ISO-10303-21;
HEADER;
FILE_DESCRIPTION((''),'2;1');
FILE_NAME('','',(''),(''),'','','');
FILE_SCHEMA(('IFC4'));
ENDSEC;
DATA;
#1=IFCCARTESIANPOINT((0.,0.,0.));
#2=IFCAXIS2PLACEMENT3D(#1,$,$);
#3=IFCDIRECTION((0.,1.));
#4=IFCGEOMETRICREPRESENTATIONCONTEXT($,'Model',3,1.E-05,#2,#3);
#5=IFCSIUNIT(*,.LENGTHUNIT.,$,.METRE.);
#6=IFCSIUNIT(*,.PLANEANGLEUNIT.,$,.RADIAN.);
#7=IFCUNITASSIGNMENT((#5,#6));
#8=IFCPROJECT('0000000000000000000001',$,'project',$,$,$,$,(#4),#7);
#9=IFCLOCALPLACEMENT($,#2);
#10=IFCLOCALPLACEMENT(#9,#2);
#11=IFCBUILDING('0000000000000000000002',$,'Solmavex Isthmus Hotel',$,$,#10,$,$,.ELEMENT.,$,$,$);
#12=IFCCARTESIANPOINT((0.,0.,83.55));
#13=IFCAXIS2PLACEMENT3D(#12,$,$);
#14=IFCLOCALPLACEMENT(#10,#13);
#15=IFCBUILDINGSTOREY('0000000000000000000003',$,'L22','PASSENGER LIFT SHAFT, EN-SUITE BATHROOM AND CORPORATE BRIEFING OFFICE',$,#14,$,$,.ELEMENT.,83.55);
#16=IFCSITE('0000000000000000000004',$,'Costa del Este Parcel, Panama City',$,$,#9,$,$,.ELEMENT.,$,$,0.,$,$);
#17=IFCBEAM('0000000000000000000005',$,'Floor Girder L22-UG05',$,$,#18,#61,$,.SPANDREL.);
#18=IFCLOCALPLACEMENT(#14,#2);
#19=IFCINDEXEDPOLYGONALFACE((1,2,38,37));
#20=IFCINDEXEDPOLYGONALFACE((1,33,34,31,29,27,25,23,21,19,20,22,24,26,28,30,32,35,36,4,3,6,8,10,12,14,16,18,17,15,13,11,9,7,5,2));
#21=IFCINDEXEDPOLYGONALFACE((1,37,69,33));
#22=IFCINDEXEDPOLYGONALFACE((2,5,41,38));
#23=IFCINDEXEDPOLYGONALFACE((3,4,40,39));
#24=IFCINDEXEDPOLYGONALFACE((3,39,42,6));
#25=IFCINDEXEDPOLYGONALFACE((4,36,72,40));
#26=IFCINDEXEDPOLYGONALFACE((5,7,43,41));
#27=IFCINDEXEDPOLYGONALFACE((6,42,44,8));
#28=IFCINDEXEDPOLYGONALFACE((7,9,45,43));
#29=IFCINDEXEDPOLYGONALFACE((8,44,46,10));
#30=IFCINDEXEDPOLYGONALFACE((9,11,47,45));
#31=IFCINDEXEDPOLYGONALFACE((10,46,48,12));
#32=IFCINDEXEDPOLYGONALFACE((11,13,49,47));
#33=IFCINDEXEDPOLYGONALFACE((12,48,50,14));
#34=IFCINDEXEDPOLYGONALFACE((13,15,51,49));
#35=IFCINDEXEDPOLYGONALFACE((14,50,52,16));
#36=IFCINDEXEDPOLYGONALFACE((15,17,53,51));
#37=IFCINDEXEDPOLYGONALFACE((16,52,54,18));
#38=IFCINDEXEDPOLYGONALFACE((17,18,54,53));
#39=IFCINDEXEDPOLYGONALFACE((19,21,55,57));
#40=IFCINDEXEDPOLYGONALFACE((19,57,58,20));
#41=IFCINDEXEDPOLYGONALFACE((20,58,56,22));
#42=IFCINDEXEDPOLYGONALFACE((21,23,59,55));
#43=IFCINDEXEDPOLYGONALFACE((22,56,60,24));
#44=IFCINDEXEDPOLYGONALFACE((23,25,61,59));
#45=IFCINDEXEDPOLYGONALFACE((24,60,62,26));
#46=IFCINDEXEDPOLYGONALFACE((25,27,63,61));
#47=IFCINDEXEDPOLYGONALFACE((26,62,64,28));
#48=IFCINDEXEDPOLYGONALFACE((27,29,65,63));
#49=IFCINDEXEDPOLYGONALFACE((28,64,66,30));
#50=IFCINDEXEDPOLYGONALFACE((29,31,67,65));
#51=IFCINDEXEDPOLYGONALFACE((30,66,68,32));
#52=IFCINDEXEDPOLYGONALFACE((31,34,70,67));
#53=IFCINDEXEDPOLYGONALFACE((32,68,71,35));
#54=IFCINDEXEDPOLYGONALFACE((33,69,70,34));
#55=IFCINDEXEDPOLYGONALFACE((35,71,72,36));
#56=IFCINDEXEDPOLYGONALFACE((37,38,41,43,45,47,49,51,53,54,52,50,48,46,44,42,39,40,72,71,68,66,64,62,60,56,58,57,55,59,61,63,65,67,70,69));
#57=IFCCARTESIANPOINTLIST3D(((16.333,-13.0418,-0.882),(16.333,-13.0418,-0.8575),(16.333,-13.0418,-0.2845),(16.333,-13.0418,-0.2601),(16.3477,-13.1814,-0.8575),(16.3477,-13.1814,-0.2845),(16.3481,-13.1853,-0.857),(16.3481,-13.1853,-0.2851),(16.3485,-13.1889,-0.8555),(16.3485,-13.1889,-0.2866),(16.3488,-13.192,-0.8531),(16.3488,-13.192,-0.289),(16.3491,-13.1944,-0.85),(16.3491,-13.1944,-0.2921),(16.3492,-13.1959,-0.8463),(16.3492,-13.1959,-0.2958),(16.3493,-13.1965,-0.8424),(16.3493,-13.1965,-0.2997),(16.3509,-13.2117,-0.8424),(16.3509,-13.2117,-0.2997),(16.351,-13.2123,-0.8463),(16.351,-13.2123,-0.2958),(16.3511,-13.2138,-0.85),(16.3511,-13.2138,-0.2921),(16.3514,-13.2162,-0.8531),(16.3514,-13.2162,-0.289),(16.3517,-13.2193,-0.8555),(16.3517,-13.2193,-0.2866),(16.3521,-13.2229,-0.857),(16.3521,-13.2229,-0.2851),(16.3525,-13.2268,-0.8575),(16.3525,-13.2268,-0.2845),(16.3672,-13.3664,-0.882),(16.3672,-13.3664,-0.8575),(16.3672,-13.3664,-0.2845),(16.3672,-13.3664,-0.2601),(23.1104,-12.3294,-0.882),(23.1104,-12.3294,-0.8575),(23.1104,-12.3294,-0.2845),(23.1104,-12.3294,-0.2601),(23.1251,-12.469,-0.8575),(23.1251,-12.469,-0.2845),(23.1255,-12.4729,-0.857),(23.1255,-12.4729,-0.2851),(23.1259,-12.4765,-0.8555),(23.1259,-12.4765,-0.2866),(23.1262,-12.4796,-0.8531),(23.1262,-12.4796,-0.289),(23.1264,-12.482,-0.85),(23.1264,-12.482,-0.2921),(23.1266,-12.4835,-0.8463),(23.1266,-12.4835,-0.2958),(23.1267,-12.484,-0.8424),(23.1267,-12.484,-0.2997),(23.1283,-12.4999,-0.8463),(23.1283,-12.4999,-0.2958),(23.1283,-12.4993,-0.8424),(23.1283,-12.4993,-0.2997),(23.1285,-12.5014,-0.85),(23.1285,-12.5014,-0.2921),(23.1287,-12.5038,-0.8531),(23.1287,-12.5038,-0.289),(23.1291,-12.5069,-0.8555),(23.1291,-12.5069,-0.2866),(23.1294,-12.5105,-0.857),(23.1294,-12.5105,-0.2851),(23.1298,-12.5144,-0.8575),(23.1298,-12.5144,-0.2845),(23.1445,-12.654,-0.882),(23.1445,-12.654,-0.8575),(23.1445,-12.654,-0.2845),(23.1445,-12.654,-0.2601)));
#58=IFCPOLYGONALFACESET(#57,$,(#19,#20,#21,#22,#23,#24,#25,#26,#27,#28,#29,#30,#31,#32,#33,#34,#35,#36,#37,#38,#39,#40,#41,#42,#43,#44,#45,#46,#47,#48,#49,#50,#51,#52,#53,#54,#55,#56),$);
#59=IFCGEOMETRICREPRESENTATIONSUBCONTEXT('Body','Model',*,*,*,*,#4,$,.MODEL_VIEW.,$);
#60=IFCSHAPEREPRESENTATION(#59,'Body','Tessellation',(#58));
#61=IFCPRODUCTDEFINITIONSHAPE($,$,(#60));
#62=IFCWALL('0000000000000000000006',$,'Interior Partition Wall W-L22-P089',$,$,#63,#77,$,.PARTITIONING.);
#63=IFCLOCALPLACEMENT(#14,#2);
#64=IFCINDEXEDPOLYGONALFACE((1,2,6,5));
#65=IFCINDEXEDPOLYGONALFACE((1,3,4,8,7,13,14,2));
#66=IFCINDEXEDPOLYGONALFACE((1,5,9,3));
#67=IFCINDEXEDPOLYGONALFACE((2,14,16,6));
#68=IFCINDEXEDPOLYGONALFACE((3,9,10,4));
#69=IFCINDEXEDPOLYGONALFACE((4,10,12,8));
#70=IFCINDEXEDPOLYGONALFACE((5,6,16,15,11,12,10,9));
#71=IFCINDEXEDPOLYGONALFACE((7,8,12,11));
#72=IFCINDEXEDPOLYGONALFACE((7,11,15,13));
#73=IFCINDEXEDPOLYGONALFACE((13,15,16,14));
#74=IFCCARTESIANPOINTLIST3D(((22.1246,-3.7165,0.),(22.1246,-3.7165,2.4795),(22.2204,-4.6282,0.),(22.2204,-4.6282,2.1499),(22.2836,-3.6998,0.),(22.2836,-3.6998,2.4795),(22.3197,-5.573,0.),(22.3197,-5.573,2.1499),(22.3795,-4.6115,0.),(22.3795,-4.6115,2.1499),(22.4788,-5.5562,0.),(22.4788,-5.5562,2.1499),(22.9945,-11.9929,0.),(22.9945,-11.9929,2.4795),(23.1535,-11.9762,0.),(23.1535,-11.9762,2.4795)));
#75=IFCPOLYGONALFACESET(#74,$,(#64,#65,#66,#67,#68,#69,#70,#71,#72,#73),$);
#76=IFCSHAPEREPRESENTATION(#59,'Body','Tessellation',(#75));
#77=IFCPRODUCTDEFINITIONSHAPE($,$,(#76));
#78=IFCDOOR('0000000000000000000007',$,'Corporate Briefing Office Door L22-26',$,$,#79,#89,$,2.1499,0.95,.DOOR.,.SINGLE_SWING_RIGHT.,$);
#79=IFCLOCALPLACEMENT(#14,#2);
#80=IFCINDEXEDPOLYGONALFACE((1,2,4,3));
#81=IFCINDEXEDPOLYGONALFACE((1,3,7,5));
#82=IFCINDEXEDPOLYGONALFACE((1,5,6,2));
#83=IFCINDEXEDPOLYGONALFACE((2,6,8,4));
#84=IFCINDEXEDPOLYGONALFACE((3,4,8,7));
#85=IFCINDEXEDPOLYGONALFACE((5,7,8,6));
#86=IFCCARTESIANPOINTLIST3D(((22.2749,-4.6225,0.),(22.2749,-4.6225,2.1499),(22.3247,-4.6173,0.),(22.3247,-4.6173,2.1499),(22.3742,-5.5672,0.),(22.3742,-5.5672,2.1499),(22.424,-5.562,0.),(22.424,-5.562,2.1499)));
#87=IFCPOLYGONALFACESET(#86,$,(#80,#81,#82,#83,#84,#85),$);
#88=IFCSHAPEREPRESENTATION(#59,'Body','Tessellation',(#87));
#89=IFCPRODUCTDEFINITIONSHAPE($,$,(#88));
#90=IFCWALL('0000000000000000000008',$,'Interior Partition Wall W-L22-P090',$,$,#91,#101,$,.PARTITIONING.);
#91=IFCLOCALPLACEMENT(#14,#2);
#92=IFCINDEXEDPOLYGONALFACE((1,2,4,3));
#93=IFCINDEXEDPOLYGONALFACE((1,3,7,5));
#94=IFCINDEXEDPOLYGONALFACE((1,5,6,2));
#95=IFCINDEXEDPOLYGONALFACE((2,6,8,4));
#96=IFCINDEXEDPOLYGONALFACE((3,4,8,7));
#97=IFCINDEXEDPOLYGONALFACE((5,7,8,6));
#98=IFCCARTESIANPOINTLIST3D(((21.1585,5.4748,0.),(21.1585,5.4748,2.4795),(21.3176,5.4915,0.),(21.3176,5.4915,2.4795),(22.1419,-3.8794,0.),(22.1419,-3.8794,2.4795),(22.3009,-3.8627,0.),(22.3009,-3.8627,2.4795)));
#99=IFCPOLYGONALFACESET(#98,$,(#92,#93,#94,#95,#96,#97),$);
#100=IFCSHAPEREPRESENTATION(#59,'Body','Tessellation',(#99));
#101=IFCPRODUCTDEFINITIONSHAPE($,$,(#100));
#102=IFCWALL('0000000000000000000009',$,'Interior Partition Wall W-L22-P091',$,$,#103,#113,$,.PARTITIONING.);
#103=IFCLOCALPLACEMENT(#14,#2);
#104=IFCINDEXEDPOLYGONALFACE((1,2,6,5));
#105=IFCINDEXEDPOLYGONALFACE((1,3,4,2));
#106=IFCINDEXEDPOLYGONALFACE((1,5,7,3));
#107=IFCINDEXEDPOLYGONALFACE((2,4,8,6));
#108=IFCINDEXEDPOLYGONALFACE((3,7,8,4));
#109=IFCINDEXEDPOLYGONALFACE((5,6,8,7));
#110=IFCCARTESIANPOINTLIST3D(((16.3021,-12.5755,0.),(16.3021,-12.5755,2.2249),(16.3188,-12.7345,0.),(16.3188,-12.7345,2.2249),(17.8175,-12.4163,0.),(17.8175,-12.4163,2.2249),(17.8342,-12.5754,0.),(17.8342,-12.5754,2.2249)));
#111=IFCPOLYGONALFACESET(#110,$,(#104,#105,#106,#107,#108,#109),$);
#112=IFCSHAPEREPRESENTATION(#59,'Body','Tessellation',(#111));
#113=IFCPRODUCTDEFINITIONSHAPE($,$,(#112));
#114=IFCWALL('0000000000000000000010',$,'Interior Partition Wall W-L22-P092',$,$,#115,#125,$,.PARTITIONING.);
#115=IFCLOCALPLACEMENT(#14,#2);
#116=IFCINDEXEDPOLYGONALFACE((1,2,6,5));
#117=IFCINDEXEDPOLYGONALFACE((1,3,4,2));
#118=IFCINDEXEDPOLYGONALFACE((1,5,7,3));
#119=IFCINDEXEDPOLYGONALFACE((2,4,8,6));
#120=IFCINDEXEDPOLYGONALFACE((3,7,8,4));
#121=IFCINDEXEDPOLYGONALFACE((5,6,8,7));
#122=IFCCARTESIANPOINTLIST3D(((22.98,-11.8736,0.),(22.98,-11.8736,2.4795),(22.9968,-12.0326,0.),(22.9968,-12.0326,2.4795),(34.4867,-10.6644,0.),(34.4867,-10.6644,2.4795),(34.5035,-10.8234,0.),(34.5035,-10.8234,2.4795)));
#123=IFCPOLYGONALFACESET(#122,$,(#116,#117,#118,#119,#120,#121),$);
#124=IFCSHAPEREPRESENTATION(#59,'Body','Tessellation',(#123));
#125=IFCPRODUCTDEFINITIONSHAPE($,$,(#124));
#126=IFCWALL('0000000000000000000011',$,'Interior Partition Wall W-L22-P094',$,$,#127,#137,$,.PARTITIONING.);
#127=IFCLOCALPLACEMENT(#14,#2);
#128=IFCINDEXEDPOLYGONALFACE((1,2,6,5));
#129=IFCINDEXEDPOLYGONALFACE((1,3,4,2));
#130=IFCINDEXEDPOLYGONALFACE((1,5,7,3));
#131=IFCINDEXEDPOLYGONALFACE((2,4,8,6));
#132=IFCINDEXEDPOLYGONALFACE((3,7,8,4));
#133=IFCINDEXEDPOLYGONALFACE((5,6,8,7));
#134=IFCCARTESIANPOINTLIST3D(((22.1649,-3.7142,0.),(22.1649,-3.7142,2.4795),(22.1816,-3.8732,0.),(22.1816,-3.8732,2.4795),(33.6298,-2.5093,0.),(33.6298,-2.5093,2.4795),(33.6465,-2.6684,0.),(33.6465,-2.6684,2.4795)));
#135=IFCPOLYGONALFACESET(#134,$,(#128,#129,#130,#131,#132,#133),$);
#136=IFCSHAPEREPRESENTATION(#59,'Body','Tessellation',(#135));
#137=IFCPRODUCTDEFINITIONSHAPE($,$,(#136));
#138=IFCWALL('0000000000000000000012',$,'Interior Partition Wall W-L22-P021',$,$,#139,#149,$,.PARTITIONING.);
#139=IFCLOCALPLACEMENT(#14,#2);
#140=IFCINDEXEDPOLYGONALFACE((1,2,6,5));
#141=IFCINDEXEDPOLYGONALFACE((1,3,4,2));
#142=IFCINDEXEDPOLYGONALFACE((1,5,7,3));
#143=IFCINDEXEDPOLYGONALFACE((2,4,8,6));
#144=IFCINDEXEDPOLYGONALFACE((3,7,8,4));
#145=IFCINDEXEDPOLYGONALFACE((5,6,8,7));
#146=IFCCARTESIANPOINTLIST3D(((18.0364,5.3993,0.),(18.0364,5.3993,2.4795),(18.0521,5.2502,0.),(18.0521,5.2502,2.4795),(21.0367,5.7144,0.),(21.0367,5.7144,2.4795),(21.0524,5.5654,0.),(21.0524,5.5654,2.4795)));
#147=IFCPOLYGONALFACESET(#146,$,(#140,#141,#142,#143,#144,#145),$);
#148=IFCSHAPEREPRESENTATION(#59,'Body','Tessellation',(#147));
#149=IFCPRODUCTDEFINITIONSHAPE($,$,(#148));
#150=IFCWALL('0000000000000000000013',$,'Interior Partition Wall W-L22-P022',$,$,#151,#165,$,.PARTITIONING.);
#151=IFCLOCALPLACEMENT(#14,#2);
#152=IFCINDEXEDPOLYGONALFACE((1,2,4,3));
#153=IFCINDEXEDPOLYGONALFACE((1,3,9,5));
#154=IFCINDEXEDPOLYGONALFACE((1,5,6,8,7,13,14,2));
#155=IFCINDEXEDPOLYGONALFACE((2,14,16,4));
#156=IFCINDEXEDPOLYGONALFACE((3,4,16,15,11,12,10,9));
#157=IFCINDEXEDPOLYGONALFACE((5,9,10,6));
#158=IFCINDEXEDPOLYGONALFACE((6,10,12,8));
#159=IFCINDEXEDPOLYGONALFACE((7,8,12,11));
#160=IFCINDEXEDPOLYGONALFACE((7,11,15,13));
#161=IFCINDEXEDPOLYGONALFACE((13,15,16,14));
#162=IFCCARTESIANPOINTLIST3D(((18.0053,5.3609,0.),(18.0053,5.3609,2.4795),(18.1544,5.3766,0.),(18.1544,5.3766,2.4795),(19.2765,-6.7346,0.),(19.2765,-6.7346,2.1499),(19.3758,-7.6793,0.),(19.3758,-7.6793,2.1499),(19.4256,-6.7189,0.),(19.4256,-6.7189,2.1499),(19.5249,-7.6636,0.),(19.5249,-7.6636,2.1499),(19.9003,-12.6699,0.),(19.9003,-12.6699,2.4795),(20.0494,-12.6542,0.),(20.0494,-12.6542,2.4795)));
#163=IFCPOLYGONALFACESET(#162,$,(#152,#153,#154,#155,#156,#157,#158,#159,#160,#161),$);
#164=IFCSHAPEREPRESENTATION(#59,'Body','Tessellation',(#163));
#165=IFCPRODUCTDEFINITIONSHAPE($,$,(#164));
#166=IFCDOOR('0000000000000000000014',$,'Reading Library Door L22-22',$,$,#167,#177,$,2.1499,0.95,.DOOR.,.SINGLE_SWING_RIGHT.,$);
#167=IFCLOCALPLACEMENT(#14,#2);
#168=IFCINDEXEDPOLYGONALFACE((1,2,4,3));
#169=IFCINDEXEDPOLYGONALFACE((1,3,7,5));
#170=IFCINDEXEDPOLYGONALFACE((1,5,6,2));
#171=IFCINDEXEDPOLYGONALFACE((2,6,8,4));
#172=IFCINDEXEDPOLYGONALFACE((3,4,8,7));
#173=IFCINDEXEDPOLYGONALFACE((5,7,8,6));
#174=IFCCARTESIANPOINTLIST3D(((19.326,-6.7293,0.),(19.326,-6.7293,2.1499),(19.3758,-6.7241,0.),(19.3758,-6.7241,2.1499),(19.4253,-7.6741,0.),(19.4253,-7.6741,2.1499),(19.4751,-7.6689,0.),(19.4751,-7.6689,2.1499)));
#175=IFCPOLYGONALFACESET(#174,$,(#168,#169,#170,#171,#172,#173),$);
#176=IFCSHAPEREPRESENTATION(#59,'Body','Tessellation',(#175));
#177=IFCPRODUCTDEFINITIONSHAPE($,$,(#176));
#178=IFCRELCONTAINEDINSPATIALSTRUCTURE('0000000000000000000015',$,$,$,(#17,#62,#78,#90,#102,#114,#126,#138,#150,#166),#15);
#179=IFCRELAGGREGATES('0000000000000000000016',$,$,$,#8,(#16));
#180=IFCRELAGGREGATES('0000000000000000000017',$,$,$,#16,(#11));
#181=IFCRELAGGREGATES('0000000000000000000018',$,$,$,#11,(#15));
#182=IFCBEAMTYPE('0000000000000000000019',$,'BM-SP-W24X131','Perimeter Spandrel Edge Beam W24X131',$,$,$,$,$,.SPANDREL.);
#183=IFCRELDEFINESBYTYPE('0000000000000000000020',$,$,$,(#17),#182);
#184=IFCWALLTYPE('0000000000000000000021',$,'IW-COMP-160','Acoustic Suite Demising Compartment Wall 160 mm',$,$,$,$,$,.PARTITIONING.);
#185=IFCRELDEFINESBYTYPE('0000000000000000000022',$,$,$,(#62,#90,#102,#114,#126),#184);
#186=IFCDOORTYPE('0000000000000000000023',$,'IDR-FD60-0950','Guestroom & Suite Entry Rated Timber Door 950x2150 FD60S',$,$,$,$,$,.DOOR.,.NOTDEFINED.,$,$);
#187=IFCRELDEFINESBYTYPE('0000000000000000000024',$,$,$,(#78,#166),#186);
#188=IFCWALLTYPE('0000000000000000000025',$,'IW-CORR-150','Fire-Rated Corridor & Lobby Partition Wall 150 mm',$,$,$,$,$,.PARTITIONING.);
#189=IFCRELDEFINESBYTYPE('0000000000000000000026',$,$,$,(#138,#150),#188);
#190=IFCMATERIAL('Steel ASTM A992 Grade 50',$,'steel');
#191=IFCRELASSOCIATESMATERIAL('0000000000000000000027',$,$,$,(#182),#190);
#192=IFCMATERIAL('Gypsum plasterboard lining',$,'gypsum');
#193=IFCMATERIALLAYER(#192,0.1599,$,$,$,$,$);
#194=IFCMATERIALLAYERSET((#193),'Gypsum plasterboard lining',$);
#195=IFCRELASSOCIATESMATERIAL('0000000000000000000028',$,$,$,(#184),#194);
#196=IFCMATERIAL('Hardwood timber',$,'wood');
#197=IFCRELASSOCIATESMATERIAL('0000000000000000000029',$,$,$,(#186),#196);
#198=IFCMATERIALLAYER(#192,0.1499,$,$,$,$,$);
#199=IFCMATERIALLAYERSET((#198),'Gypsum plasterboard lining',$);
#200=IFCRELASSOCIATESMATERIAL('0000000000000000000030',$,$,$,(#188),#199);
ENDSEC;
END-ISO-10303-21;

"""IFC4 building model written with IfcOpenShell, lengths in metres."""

from ifc_helpers import new_model, si_unit, direction, frame, frame_2d, origin, origin_2d, place, context, subcontext, project, spatial, rectangle, i_section, extrude, material, layer, layer_set, material_profile, profile_set, type_object, element, fill, save


model = new_model("IFC4")

# Units and contexts
model_context = context("Model", 3, precision=1e-05, world=origin(), true_north=direction((0.0, 1.0)))
body_context = subcontext(model_context, "Body", "Model", "MODEL_VIEW")
ifc_project = project(units=[si_unit("LENGTHUNIT", "METRE"), si_unit("PLANEANGLEUNIT", "RADIAN")], contexts=[model_context])

# Site, building, storey
site_placement = place(None, origin())
site = spatial("IfcSite", under=ifc_project, at=site_placement, Name="Costa del Este Parcel, Panama City", CompositionType="ELEMENT", RefElevation=0.0)
building_placement = place(site_placement, origin())
building = spatial("IfcBuilding", under=site, at=building_placement, Name="Solmavex Isthmus Hotel", CompositionType="ELEMENT")
storey_placement = place(building_placement, frame((0.0, 0.0, 83.55)))
storey = spatial("IfcBuildingStorey", under=building, at=storey_placement, Name="L22", Description="PASSENGER LIFT SHAFT, EN-SUITE BATHROOM AND CORPORATE BRIEFING OFFICE", CompositionType="ELEMENT", Elevation=83.55)

# Beam
ifc_material_1 = material(Name="Steel ASTM A992 Grade 50", Category="steel")
ifc_material_profile_1 = material_profile(ifc_material_1, i_section(OverallWidth=0.3264, OverallDepth=0.6218, WebThickness=0.0154, FlangeThickness=0.0244, FilletRadius=0.0151, at=origin_2d()), Name="W24X131")
ifc_profile_set_1 = profile_set([ifc_material_profile_1], Name="Steel ASTM A992 Grade 50")
beam_type_1 = type_object("IfcBeamType", Name="BM-SP-W24X131", Description="Perimeter Spandrel Edge Beam W24X131", PredefinedType="SPANDREL", material=ifc_profile_set_1)
beam_1_placement = place(storey_placement, frame((16.3501, -13.2041, -0.571), z_axis=(0.994521, 0.104539, 0.0), x_axis=(-0.104539, 0.994521, 0.0)))
element("IfcBeam", 1, at=beam_1_placement, inside=storey, type_object=beam_type_1, Name="Floor Girder L22-UG05", PredefinedType="SPANDREL", context=body_context, shape_type="SweptSolid", body=[
    extrude(i_section(OverallWidth=0.3264, OverallDepth=0.6218, WebThickness=0.0154, FlangeThickness=0.0244, FilletRadius=0.0151, at=origin_2d()), origin(), (0.0, 0.0, 1.0), 6.8147),
])

# Wall, opening, door
ifc_material_2 = material(Name="Gypsum plasterboard lining", Category="gypsum")
ifc_layer_1 = layer(ifc_material_2, 0.1599)
ifc_layer_set_1 = layer_set([ifc_layer_1], Name="Gypsum plasterboard lining")
wall_type_1 = type_object("IfcWallType", Name="IW-COMP-160", Description="Acoustic Suite Demising Compartment Wall 160 mm", PredefinedType="PARTITIONING", material=ifc_layer_set_1)
wall_1_placement = place(storey_placement, frame((22.2041, -3.708, 0.0), z_axis=(0.0, 0.0, 1.0), x_axis=(0.104527, -0.994522, 0.0)))
wall_1 = element("IfcWall", 2, at=wall_1_placement, inside=storey, type_object=wall_type_1, Name="Interior Partition Wall W-L22-P089", PredefinedType="PARTITIONING", context=body_context, shape_type="SweptSolid", body=[
    extrude(rectangle(XDim=8.322, YDim=0.1599, at=frame_2d((4.1611, 0.0))), origin(), (0.0, 0.0, 1.0), 2.4795),
])
opening_1_placement = place(wall_1_placement, frame((0.9167, 0.0, 0.0)))
opening_1 = element("IfcOpeningElement", 3, at=opening_1_placement, cuts=wall_1, PredefinedType="OPENING", context=body_context, shape_type="SweptSolid", body=[
    extrude(rectangle(XDim=0.95, YDim=2.1499, at=frame_2d((0.4751, 1.075))), frame((0.0, 0.0898, 0.0), z_axis=(0.0, -1.0, 0.0), x_axis=(1.0, 0.0, 0.0)), (0.0, 0.0, 1.0), 0.1799),
])
ifc_material_3 = material(Name="Hardwood timber", Category="wood")
door_type = type_object("IfcDoorType", Name="IDR-FD60-0950", Description="Guestroom & Suite Entry Rated Timber Door 950x2150 FD60S", OperationType="NOTDEFINED", PredefinedType="DOOR", material=ifc_material_3)
door_1_placement = place(opening_1_placement, origin())
door_1 = element("IfcDoor", 4, at=door_1_placement, inside=storey, type_object=door_type, Name="Corporate Briefing Office Door L22-26", OperationType="SINGLE_SWING_RIGHT", OverallHeight=2.1499, OverallWidth=0.95, PredefinedType="DOOR", context=body_context, shape_type="SweptSolid", body=[
    extrude(rectangle(XDim=0.95, YDim=2.1499, at=frame_2d((0.4751, 1.075))), frame((0.0, 0.0249, 0.0), z_axis=(0.0, -1.0, 0.0), x_axis=(1.0, 0.0, 0.0)), (0.0, 0.0, 1.0), 0.05),
])
fill(opening_1, door_1)

# Walls
wall_2_placement = place(storey_placement, frame((21.238, 5.4832, 0.0), z_axis=(0.0, 0.0, 1.0), x_axis=(0.104552, -0.994519, 0.0)))
element("IfcWall", 5, at=wall_2_placement, inside=storey, type_object=wall_type_1, Name="Interior Partition Wall W-L22-P090", PredefinedType="PARTITIONING", context=body_context, shape_type="SweptSolid", body=[
    extrude(rectangle(XDim=9.4058, YDim=0.1599, at=frame_2d((4.7029, 0.0))), origin(), (0.0, 0.0, 1.0), 2.4795),
])
wall_3_placement = place(storey_placement, frame((17.8257, -12.4958, 0.0), z_axis=(0.0, 0.0, 1.0), x_axis=(-0.994528, -0.104468, 0.0)))
element("IfcWall", 6, at=wall_3_placement, inside=storey, type_object=wall_type_1, Name="Interior Partition Wall W-L22-P091", PredefinedType="PARTITIONING", context=body_context, shape_type="SweptSolid", body=[
    extrude(rectangle(XDim=1.5237, YDim=0.1599, at=frame_2d((0.7617, 0.0))), origin(), (0.0, 0.0, 1.0), 2.2249),
])
wall_4_placement = place(storey_placement, frame((22.9883, -11.9531, 0.0), z_axis=(0.0, 0.0, 1.0), x_axis=(0.994523, 0.104515, 0.0)))
element("IfcWall", 7, at=wall_4_placement, inside=storey, type_object=wall_type_1, Name="Interior Partition Wall W-L22-P092", PredefinedType="PARTITIONING", context=body_context, shape_type="SweptSolid", body=[
    extrude(rectangle(XDim=11.5701, YDim=0.1599, at=frame_2d((5.7852, 0.0))), origin(), (0.0, 0.0, 1.0), 2.4795),
])
wall_5_placement = place(storey_placement, frame((22.1731, -3.7937, 0.0), z_axis=(0.0, 0.0, 1.0), x_axis=(0.994523, 0.104514, 0.0)))
element("IfcWall", 8, at=wall_5_placement, inside=storey, type_object=wall_type_1, Name="Interior Partition Wall W-L22-P094", PredefinedType="PARTITIONING", context=body_context, shape_type="SweptSolid", body=[
    extrude(rectangle(XDim=11.5281, YDim=0.1599, at=frame_2d((5.7642, 0.0))), origin(), (0.0, 0.0, 1.0), 2.4795),
])
ifc_layer_2 = layer(ifc_material_2, 0.1499)
ifc_layer_set_2 = layer_set([ifc_layer_2], Name="Gypsum plasterboard lining")
wall_type_2 = type_object("IfcWallType", Name="IW-CORR-150", Description="Fire-Rated Corridor & Lobby Partition Wall 150 mm", PredefinedType="PARTITIONING", material=ifc_layer_set_2)
wall_6_placement = place(storey_placement, frame((21.0444, 5.6399, 0.0), z_axis=(0.0, 0.0, 1.0), x_axis=(-0.994527, -0.104478, 0.0)))
element("IfcWall", 9, at=wall_6_placement, inside=storey, type_object=wall_type_2, Name="Interior Partition Wall W-L22-P021", PredefinedType="PARTITIONING", context=body_context, shape_type="SweptSolid", body=[
    extrude(rectangle(XDim=3.0168, YDim=0.1499, at=frame_2d((1.5083, 0.0))), origin(), (0.0, 0.0, 1.0), 2.4795),
])

# Wall, opening, door
wall_7_placement = place(storey_placement, frame((18.0798, 5.3687, 0.0), z_axis=(0.0, 0.0, 1.0), x_axis=(0.104524, -0.994522, 0.0)))
wall_7 = element("IfcWall", 10, at=wall_7_placement, inside=storey, type_object=wall_type_2, Name="Interior Partition Wall W-L22-P022", PredefinedType="PARTITIONING", context=body_context, shape_type="SweptSolid", body=[
    extrude(rectangle(XDim=18.1301, YDim=0.1499, at=frame_2d((9.0649, 0.0))), origin(), (0.0, 0.0, 1.0), 2.4795),
])
opening_2_placement = place(wall_7_placement, frame((12.1619, 0.0, 0.0)))
opening_2 = element("IfcOpeningElement", 11, at=opening_2_placement, cuts=wall_7, PredefinedType="OPENING", context=body_context, shape_type="SweptSolid", body=[
    extrude(rectangle(XDim=0.95, YDim=2.1499, at=frame_2d((0.4751, 1.075))), frame((0.0, 0.085, 0.0), z_axis=(0.0, -1.0, 0.0), x_axis=(1.0, 0.0, 0.0)), (0.0, 0.0, 1.0), 0.1699),
])
door_2_placement = place(opening_2_placement, origin())
door_2 = element("IfcDoor", 12, at=door_2_placement, inside=storey, type_object=door_type, Name="Reading Library Door L22-22", OperationType="SINGLE_SWING_RIGHT", OverallHeight=2.1499, OverallWidth=0.95, PredefinedType="DOOR", context=body_context, shape_type="SweptSolid", body=[
    extrude(rectangle(XDim=0.95, YDim=2.1499, at=frame_2d((0.4751, 1.075))), frame((0.0, 0.0249, 0.0), z_axis=(0.0, -1.0, 0.0), x_axis=(1.0, 0.0, 0.0)), (0.0, 0.0, 1.0), 0.05),
])
fill(opening_2, door_2)

save(model, "model.ifc")
